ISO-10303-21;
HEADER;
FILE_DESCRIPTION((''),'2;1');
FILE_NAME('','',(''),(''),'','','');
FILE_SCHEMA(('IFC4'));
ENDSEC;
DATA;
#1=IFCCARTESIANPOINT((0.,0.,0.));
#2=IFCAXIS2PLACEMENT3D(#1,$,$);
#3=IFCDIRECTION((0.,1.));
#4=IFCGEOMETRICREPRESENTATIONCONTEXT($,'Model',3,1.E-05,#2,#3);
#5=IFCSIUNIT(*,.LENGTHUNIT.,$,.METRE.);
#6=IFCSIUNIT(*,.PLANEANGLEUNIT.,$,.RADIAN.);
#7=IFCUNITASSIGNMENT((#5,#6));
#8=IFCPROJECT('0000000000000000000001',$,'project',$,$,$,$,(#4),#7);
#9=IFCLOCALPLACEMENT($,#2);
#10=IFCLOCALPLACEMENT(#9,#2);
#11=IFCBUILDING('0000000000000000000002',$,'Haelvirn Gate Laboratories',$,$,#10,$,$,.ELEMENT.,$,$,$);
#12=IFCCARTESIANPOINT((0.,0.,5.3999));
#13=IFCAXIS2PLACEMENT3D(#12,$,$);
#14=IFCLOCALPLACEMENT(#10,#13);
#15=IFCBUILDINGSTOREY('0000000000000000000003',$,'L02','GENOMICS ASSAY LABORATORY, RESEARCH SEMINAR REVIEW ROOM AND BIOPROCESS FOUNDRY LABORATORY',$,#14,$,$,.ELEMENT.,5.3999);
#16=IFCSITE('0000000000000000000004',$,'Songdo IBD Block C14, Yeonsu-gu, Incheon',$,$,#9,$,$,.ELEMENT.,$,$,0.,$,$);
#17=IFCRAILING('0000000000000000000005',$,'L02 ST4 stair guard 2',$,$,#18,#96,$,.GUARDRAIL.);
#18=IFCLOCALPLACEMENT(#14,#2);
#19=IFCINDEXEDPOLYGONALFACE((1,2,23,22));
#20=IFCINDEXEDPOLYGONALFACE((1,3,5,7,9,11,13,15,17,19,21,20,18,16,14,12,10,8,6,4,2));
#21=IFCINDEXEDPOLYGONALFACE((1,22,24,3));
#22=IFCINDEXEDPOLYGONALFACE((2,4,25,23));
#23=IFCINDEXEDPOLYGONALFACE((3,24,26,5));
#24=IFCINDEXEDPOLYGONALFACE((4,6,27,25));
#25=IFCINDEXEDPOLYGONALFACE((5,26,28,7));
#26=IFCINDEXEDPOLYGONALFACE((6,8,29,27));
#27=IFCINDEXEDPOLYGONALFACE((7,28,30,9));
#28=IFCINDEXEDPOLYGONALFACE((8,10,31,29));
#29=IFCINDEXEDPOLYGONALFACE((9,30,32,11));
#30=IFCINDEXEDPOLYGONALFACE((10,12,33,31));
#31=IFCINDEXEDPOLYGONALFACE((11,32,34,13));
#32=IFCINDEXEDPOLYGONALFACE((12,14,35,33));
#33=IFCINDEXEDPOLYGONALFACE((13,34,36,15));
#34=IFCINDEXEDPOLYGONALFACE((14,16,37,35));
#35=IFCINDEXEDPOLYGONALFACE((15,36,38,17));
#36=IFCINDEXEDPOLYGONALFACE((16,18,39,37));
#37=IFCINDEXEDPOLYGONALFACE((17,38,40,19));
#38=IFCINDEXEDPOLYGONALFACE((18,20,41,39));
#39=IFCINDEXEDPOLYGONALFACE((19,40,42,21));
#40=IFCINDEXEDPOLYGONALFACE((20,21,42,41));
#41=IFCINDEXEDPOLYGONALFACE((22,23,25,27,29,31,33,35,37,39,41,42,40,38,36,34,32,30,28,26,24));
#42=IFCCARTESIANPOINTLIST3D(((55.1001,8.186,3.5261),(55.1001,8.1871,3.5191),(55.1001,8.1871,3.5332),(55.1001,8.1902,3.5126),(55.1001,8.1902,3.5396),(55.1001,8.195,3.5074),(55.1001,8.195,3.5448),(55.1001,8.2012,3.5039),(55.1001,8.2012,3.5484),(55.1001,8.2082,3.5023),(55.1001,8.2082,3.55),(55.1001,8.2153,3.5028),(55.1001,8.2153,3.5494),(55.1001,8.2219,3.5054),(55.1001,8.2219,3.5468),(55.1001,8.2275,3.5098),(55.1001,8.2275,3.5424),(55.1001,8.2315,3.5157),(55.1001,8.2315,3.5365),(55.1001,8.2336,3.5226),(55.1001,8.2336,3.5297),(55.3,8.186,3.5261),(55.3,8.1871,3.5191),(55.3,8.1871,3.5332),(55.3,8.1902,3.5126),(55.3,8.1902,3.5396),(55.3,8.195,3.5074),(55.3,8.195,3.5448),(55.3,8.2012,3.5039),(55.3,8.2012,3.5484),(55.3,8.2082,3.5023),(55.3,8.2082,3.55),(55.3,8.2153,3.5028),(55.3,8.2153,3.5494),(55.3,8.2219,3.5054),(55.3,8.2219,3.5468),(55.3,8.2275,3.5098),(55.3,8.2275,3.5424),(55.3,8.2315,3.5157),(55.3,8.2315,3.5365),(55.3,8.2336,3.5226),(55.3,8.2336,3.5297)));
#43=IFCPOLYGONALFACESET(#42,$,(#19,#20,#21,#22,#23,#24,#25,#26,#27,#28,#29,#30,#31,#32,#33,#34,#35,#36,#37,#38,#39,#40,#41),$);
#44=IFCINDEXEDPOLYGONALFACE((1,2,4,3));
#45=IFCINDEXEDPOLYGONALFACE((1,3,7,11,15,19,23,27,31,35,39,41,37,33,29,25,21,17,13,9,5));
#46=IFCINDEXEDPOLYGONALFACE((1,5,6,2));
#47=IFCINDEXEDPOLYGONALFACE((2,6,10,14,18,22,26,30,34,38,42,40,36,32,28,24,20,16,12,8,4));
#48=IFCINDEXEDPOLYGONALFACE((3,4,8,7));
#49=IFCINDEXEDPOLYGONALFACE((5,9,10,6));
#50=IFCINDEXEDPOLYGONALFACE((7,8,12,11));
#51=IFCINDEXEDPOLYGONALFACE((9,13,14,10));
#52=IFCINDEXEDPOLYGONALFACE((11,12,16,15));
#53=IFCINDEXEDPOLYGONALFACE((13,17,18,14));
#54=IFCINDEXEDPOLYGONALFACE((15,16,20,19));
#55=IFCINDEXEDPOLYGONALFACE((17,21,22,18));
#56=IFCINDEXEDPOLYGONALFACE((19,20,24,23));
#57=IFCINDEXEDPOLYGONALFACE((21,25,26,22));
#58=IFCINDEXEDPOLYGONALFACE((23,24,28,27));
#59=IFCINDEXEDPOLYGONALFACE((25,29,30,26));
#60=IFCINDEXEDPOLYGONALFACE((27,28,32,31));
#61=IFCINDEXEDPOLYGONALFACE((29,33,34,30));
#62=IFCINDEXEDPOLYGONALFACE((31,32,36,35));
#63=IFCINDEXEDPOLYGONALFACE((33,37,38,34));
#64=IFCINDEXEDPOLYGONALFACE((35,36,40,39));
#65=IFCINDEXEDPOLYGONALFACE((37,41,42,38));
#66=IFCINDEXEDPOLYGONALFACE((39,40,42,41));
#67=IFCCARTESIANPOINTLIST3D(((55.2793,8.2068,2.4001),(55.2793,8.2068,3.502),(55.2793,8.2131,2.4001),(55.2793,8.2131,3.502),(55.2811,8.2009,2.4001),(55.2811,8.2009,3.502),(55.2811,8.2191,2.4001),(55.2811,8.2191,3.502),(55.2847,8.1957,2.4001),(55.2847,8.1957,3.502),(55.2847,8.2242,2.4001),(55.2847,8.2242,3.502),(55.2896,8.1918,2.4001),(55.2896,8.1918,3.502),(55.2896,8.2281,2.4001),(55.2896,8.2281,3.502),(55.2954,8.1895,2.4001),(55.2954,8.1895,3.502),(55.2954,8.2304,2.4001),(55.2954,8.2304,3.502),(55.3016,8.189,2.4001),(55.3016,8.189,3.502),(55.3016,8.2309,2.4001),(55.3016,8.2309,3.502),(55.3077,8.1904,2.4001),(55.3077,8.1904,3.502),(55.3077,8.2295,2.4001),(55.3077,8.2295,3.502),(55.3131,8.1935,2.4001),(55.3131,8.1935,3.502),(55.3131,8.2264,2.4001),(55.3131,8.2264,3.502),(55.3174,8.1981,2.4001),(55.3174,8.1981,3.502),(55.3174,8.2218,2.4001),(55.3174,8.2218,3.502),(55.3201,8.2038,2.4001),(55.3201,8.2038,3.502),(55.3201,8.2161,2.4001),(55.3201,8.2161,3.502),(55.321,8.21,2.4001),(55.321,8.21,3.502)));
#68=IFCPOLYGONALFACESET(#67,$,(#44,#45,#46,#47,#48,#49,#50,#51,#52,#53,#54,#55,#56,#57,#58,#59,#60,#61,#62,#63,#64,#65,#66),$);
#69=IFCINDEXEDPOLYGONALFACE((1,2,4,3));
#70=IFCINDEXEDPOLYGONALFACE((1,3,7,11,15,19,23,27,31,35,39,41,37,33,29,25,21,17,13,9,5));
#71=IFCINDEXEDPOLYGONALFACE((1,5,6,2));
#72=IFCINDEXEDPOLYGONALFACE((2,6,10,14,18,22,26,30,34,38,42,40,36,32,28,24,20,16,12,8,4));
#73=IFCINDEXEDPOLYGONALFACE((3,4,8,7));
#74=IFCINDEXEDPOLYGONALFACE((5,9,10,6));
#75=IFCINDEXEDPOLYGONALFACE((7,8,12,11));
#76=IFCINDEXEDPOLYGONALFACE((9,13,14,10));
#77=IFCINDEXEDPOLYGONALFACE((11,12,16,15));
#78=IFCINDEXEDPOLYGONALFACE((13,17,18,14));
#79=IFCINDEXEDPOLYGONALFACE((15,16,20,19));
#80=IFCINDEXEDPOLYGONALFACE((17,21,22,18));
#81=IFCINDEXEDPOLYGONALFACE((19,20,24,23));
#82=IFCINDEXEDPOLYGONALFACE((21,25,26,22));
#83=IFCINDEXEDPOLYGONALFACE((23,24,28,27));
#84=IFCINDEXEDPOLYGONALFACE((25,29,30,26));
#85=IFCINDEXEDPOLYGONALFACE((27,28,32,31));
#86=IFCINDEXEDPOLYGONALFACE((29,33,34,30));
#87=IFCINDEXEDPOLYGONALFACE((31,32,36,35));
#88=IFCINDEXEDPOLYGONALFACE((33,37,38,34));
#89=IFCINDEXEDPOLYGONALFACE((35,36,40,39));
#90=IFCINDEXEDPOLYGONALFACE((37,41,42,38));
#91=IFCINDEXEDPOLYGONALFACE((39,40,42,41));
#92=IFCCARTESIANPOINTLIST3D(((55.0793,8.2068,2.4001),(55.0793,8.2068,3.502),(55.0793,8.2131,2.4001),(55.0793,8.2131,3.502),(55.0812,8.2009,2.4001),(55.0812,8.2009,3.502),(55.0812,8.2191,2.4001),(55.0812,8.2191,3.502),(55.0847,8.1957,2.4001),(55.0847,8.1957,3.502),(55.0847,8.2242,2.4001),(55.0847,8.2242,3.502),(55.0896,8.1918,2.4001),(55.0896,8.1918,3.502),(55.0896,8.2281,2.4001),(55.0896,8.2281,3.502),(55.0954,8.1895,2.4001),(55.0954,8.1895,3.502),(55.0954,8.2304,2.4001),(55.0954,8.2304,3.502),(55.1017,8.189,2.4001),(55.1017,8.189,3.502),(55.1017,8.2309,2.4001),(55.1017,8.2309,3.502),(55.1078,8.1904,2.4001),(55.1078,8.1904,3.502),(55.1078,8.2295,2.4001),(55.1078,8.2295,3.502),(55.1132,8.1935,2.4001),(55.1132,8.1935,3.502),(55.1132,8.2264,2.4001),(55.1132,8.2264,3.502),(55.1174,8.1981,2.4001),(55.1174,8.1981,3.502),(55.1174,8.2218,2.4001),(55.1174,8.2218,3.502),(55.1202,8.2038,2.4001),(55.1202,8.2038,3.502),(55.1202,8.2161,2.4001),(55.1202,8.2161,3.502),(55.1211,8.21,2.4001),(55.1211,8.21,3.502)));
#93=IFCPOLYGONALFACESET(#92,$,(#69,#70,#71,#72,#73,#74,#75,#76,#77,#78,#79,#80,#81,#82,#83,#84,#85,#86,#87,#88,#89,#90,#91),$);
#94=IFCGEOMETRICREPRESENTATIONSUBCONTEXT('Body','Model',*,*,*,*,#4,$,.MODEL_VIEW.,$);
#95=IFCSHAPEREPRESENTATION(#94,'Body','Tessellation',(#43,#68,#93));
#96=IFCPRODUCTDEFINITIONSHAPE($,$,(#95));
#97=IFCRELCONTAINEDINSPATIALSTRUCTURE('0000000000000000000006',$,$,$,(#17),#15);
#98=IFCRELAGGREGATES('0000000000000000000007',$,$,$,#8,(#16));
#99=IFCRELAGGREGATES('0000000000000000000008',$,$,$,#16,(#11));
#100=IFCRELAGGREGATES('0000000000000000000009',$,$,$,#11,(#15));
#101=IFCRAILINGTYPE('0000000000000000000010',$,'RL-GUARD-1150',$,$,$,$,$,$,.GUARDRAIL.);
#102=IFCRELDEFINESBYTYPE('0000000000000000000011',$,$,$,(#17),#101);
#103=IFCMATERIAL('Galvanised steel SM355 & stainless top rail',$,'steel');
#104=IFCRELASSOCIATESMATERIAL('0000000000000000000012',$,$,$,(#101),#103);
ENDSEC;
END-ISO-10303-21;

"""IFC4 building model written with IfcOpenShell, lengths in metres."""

from ifc_helpers import new_model, si_unit, direction, frame, origin, origin_2d, place, context, subcontext, project, spatial, circle, extrude, source, transform, mapped, material, type_object, element, save


model = new_model("IFC4")

# Units and contexts
model_context = context("Model", 3, precision=1e-05, world=origin(), true_north=direction((0.0, 1.0)))
body_context = subcontext(model_context, "Body", "Model", "MODEL_VIEW")
ifc_project = project(units=[si_unit("LENGTHUNIT", "METRE"), si_unit("PLANEANGLEUNIT", "RADIAN")], contexts=[model_context])

# Site, building, storey
site_placement = place(None, origin())
site = spatial("IfcSite", under=ifc_project, at=site_placement, Name="Songdo IBD Block C14, Yeonsu-gu, Incheon", CompositionType="ELEMENT", RefElevation=0.0)
building_placement = place(site_placement, origin())
building = spatial("IfcBuilding", under=site, at=building_placement, Name="Haelvirn Gate Laboratories", CompositionType="ELEMENT")
storey_placement = place(building_placement, frame((0.0, 0.0, 5.3999)))
storey = spatial("IfcBuildingStorey", under=building, at=storey_placement, Name="L02", Description="GENOMICS ASSAY LABORATORY, RESEARCH SEMINAR REVIEW ROOM AND BIOPROCESS FOUNDRY LABORATORY", CompositionType="ELEMENT", Elevation=5.3999)

# Railing
ifc_material_1 = material(Name="Galvanised steel SM355 & stainless top rail", Category="steel")
railing_type_1 = type_object("IfcRailingType", Name="RL-GUARD-1150", PredefinedType="GUARDRAIL", material=ifc_material_1)
shared_shape_1 = source(origin(), body_context, "Body", "SweptSolid", [
    extrude(circle(Radius=0.0239, at=origin_2d()), frame((0.0, 0.0, 1.126), z_axis=(-1.0, 0.0, 0.0), x_axis=(0.0, -1.0, 0.0)), (0.0, 0.0, 1.0), 0.2),
    extrude(circle(Radius=0.021, at=origin_2d()), origin(), (0.0, 0.0, 1.0), 1.1018),
    extrude(circle(Radius=0.021, at=origin_2d()), frame((-0.2, 0.0, 0.0)), (0.0, 0.0, 1.0), 1.1018),
])
railing_1_placement = place(storey_placement, frame((55.3, 8.21, 2.4001)))
element("IfcRailing", 1, at=railing_1_placement, inside=storey, type_object=railing_type_1, Name="L02 ST4 stair guard 2", PredefinedType="GUARDRAIL", context=body_context, shape_type="MappedRepresentation", body=[
    mapped(shared_shape_1, transform((0.0, 0.0, 0.0), scale=1.0)),
])

save(model, "model.ifc")
